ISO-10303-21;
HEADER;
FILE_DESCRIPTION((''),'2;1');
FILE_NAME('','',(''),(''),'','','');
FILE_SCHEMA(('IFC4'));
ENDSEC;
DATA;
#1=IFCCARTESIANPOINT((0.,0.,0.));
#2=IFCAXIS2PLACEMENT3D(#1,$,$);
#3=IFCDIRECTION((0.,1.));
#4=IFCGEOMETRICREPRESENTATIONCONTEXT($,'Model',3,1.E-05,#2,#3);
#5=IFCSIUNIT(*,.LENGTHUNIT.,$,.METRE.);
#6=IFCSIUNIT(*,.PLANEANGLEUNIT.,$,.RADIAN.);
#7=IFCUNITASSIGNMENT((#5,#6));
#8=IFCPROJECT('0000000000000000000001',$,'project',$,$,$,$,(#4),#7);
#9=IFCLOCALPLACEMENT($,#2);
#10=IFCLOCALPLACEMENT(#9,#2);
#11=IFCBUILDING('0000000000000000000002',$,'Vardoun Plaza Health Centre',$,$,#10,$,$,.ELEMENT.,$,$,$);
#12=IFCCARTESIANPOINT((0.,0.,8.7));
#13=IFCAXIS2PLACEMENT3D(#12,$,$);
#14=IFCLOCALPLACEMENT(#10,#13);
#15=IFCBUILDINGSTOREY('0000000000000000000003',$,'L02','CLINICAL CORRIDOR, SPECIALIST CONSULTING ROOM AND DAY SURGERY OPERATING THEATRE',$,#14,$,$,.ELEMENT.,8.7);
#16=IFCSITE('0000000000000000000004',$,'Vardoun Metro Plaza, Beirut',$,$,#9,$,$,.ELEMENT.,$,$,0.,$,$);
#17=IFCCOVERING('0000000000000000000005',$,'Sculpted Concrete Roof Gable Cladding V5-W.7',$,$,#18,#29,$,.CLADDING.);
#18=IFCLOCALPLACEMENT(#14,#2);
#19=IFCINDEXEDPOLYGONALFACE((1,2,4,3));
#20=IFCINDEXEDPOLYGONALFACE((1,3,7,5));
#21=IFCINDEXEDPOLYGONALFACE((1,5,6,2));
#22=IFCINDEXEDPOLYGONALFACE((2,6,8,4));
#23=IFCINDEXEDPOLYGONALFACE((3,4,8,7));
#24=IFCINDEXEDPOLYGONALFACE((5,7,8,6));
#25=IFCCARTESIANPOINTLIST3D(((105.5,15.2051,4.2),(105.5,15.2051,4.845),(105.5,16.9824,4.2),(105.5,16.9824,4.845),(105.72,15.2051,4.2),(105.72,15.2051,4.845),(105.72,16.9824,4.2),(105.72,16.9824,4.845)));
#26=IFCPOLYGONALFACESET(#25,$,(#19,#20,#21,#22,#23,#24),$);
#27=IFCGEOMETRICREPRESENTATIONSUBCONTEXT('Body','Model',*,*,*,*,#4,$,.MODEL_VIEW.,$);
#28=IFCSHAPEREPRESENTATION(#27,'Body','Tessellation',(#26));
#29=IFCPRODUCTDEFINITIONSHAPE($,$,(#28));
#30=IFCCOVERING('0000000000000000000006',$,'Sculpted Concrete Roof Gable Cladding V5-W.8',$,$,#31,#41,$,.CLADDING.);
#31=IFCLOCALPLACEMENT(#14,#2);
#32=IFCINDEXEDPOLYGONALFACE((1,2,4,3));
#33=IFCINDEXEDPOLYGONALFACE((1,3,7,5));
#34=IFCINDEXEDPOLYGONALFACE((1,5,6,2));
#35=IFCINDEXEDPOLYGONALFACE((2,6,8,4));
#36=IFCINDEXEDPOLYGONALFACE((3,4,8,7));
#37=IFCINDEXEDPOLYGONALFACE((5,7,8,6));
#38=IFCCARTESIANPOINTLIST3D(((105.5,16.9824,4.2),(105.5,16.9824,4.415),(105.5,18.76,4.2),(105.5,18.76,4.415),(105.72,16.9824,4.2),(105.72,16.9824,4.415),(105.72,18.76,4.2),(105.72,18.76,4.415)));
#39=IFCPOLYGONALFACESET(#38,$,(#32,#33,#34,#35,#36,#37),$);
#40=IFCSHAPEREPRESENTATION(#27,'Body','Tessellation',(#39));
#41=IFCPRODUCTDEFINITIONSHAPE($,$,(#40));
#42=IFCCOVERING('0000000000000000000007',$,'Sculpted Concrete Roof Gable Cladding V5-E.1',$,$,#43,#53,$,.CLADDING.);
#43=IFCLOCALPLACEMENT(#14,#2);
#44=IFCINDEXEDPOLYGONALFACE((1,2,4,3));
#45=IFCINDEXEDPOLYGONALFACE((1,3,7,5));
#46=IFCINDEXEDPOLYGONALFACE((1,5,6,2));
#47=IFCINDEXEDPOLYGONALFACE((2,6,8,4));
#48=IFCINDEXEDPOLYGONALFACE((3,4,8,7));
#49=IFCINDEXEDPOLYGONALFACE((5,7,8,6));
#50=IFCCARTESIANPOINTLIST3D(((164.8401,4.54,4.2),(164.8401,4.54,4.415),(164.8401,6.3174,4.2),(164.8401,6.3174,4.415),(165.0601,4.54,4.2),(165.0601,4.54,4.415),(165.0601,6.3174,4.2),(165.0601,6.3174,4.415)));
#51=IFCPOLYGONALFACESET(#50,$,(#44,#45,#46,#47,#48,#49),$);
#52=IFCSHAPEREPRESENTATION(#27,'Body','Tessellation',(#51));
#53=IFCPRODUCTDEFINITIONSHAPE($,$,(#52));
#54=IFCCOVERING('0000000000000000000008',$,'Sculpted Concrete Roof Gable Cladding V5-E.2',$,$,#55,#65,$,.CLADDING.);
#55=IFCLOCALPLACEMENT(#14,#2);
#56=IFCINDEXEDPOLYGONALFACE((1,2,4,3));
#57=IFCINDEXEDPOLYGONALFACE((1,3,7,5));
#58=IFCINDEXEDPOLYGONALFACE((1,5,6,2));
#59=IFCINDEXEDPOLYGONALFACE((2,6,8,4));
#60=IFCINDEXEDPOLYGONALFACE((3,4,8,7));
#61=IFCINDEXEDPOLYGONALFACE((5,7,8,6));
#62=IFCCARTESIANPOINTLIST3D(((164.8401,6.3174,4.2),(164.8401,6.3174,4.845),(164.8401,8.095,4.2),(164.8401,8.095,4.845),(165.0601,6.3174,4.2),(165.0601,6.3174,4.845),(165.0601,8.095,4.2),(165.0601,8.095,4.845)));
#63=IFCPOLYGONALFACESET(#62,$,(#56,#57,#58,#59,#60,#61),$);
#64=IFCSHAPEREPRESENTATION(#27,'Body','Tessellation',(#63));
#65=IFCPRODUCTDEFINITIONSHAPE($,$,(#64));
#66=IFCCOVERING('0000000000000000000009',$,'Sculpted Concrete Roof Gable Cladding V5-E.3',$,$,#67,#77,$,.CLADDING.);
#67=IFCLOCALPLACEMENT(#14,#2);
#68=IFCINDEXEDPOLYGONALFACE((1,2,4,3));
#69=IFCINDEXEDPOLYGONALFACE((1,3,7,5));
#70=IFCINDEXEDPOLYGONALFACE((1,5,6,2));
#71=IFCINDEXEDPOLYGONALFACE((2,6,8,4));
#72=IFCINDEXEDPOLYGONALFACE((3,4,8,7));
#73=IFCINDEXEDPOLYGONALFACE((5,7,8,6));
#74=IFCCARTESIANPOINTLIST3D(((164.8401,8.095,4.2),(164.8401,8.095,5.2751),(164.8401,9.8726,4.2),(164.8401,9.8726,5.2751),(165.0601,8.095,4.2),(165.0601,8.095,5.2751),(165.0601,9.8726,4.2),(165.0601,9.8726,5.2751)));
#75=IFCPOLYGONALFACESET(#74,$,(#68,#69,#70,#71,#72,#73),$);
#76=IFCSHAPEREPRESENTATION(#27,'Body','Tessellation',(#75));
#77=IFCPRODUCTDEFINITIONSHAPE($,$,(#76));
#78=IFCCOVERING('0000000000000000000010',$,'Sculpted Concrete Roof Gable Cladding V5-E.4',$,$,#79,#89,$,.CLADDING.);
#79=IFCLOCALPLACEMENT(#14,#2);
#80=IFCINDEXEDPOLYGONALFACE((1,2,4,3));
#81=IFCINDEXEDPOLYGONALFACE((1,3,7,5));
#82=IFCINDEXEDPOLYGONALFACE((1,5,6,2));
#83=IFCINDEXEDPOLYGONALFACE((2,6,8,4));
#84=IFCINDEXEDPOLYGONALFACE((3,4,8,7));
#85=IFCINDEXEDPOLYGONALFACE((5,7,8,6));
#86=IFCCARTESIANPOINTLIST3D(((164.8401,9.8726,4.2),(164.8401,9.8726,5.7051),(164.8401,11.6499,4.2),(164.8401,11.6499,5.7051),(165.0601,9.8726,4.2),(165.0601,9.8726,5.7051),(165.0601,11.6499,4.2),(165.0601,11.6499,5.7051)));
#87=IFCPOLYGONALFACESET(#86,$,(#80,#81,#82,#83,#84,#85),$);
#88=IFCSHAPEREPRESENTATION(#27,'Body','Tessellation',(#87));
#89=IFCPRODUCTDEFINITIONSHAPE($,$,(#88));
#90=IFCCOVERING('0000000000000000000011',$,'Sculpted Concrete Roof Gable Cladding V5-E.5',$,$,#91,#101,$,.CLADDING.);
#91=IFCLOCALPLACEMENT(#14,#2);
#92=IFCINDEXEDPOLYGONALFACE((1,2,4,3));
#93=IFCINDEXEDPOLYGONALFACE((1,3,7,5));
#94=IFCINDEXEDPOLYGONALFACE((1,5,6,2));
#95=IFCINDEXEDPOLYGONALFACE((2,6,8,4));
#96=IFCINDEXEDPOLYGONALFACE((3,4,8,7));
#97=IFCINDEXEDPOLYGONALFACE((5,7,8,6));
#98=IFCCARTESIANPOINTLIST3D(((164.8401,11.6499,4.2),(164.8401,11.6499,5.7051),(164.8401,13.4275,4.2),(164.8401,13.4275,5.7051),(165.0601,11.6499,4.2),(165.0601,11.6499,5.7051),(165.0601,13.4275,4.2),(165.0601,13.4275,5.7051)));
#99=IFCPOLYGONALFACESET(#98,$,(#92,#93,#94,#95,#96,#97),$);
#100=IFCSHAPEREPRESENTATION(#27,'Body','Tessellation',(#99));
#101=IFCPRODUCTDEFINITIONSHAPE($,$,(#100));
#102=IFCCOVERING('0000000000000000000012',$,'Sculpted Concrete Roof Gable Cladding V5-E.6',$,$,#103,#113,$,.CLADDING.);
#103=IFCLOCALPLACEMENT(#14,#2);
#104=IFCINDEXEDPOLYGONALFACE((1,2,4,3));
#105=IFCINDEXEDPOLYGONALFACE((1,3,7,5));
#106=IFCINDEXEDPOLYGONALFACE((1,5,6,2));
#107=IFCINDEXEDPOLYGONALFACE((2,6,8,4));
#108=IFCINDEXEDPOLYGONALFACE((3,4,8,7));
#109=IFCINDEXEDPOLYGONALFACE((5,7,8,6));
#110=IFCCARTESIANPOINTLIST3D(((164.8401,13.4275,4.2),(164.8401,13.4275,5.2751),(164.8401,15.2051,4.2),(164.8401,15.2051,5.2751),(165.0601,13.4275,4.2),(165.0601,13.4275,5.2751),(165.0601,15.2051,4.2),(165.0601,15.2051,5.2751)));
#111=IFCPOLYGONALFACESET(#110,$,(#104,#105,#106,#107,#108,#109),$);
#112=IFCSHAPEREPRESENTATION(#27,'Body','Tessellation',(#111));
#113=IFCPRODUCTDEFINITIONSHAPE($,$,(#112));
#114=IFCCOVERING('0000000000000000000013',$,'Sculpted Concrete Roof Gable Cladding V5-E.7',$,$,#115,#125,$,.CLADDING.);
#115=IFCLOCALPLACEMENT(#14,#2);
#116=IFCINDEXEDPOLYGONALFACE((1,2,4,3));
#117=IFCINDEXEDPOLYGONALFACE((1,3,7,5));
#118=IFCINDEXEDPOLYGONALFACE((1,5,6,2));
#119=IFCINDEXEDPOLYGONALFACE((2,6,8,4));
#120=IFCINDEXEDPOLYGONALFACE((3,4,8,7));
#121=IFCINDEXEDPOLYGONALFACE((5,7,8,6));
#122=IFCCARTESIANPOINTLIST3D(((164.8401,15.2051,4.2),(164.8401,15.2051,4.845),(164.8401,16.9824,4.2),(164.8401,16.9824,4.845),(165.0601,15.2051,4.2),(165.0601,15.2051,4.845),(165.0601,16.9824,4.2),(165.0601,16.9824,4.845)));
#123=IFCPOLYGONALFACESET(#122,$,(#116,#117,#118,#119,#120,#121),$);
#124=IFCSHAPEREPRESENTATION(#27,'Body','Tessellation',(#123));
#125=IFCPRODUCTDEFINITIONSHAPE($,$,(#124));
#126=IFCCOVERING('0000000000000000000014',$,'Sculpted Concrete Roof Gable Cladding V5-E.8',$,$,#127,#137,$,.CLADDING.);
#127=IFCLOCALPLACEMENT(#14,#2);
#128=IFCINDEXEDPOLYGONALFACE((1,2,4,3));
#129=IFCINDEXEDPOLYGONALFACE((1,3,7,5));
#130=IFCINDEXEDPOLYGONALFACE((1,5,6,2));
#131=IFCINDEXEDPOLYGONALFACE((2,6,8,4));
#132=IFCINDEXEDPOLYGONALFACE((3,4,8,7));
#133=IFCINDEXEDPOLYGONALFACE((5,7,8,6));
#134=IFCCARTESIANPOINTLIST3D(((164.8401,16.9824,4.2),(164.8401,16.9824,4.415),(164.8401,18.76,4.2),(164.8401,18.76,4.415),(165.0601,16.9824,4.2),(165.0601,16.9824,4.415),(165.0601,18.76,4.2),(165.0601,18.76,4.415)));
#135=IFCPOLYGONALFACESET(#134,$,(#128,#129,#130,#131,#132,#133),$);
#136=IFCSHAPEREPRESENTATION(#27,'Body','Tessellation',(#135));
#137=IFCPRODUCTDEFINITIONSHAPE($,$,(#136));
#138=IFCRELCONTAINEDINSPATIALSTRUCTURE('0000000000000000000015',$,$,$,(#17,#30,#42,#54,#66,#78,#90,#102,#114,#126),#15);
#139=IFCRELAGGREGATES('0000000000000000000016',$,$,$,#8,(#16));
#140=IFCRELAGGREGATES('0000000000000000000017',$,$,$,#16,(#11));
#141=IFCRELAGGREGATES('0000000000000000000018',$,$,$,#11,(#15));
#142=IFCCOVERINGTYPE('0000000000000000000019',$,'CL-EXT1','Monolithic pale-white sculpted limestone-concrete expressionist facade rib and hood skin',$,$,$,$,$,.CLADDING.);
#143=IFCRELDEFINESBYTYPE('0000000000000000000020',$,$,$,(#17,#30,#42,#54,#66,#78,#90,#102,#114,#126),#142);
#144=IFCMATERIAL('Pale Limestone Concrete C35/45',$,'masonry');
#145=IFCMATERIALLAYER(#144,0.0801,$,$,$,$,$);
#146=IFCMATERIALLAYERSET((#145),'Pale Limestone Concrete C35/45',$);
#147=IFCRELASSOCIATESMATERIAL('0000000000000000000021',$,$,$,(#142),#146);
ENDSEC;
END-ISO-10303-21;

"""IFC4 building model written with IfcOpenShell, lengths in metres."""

from ifc_helpers import new_model, si_unit, direction, frame, origin, place, context, subcontext, project, spatial, polyline, outline, extrude, material, layer, layer_set, type_object, element, save


model = new_model("IFC4")

# Units and contexts
model_context = context("Model", 3, precision=1e-05, world=origin(), true_north=direction((0.0, 1.0)))
body_context = subcontext(model_context, "Body", "Model", "MODEL_VIEW")
ifc_project = project(units=[si_unit("LENGTHUNIT", "METRE"), si_unit("PLANEANGLEUNIT", "RADIAN")], contexts=[model_context])

# Site, building, storey
site_placement = place(None, origin())
site = spatial("IfcSite", under=ifc_project, at=site_placement, Name="Vardoun Metro Plaza, Beirut", CompositionType="ELEMENT", RefElevation=0.0)
building_placement = place(site_placement, origin())
building = spatial("IfcBuilding", under=site, at=building_placement, Name="Vardoun Plaza Health Centre", CompositionType="ELEMENT")
storey_placement = place(building_placement, frame((0.0, 0.0, 8.7)))
storey = spatial("IfcBuildingStorey", under=building, at=storey_placement, Name="L02", Description="CLINICAL CORRIDOR, SPECIALIST CONSULTING ROOM AND DAY SURGERY OPERATING THEATRE", CompositionType="ELEMENT", Elevation=8.7)

# Coverings
ifc_material_1 = material(Name="Pale Limestone Concrete C35/45", Category="masonry")
ifc_layer_1 = layer(ifc_material_1, 0.0801)
ifc_layer_set_1 = layer_set([ifc_layer_1], Name="Pale Limestone Concrete C35/45")
covering_type_1 = type_object("IfcCoveringType", Name="CL-EXT1", Description="Monolithic pale-white sculpted limestone-concrete expressionist facade rib and hood skin", PredefinedType="CLADDING", material=ifc_layer_set_1)
covering_1_placement = place(storey_placement, frame((0.0, 0.0, 4.2)))
element("IfcCovering", 1, at=covering_1_placement, inside=storey, type_object=covering_type_1, Name="Sculpted Concrete Roof Gable Cladding V5-W.7", PredefinedType="CLADDING", context=body_context, shape_type="SweptSolid", body=[
    extrude(outline(polyline([(105.72, 15.2051), (105.72, 16.9824), (105.5, 16.9824), (105.5, 15.2051), (105.72, 15.2051)])), origin(), (0.0, 0.0, 1.0), 0.645),
])
covering_2_placement = place(storey_placement, frame((0.0, 0.0, 4.2)))
element("IfcCovering", 2, at=covering_2_placement, inside=storey, type_object=covering_type_1, Name="Sculpted Concrete Roof Gable Cladding V5-W.8", PredefinedType="CLADDING", context=body_context, shape_type="SweptSolid", body=[
    extrude(outline(polyline([(105.72, 16.9824), (105.72, 18.76), (105.5, 18.76), (105.5, 16.9824), (105.72, 16.9824)])), origin(), (0.0, 0.0, 1.0), 0.2151),
])
covering_3_placement = place(storey_placement, frame((0.0, 0.0, 4.2)))
element("IfcCovering", 3, at=covering_3_placement, inside=storey, type_object=covering_type_1, Name="Sculpted Concrete Roof Gable Cladding V5-E.1", PredefinedType="CLADDING", context=body_context, shape_type="SweptSolid", body=[
    extrude(outline(polyline([(165.0601, 4.54), (165.0601, 6.3174), (164.8401, 6.3174), (164.8401, 4.54), (165.0601, 4.54)])), origin(), (0.0, 0.0, 1.0), 0.2151),
])
covering_4_placement = place(storey_placement, frame((0.0, 0.0, 4.2)))
element("IfcCovering", 4, at=covering_4_placement, inside=storey, type_object=covering_type_1, Name="Sculpted Concrete Roof Gable Cladding V5-E.2", PredefinedType="CLADDING", context=body_context, shape_type="SweptSolid", body=[
    extrude(outline(polyline([(165.0601, 6.3174), (165.0601, 8.095), (164.8401, 8.095), (164.8401, 6.3174), (165.0601, 6.3174)])), origin(), (0.0, 0.0, 1.0), 0.645),
])
covering_5_placement = place(storey_placement, frame((0.0, 0.0, 4.2)))
element("IfcCovering", 5, at=covering_5_placement, inside=storey, type_object=covering_type_1, Name="Sculpted Concrete Roof Gable Cladding V5-E.3", PredefinedType="CLADDING", context=body_context, shape_type="SweptSolid", body=[
    extrude(outline(polyline([(165.0601, 8.095), (165.0601, 9.8726), (164.8401, 9.8726), (164.8401, 8.095), (165.0601, 8.095)])), origin(), (0.0, 0.0, 1.0), 1.0752),
])
covering_6_placement = place(storey_placement, frame((0.0, 0.0, 4.2)))
element("IfcCovering", 6, at=covering_6_placement, inside=storey, type_object=covering_type_1, Name="Sculpted Concrete Roof Gable Cladding V5-E.4", PredefinedType="CLADDING", context=body_context, shape_type="SweptSolid", body=[
    extrude(outline(polyline([(165.0601, 9.8726), (165.0601, 11.6499), (164.8401, 11.6499), (164.8401, 9.8726), (165.0601, 9.8726)])), origin(), (0.0, 0.0, 1.0), 1.5051),
])
covering_7_placement = place(storey_placement, frame((0.0, 0.0, 4.2)))
element("IfcCovering", 7, at=covering_7_placement, inside=storey, type_object=covering_type_1, Name="Sculpted Concrete Roof Gable Cladding V5-E.5", PredefinedType="CLADDING", context=body_context, shape_type="SweptSolid", body=[
    extrude(outline(polyline([(165.0601, 11.6499), (165.0601, 13.4275), (164.8401, 13.4275), (164.8401, 11.6499), (165.0601, 11.6499)])), origin(), (0.0, 0.0, 1.0), 1.5051),
])
covering_8_placement = place(storey_placement, frame((0.0, 0.0, 4.2)))
element("IfcCovering", 8, at=covering_8_placement, inside=storey, type_object=covering_type_1, Name="Sculpted Concrete Roof Gable Cladding V5-E.6", PredefinedType="CLADDING", context=body_context, shape_type="SweptSolid", body=[
    extrude(outline(polyline([(165.0601, 13.4275), (165.0601, 15.2051), (164.8401, 15.2051), (164.8401, 13.4275), (165.0601, 13.4275)])), origin(), (0.0, 0.0, 1.0), 1.0752),
])
covering_9_placement = place(storey_placement, frame((0.0, 0.0, 4.2)))
element("IfcCovering", 9, at=covering_9_placement, inside=storey, type_object=covering_type_1, Name="Sculpted Concrete Roof Gable Cladding V5-E.7", PredefinedType="CLADDING", context=body_context, shape_type="SweptSolid", body=[
    extrude(outline(polyline([(165.0601, 15.2051), (165.0601, 16.9824), (164.8401, 16.9824), (164.8401, 15.2051), (165.0601, 15.2051)])), origin(), (0.0, 0.0, 1.0), 0.645),
])
covering_10_placement = place(storey_placement, frame((0.0, 0.0, 4.2)))
element("IfcCovering", 10, at=covering_10_placement, inside=storey, type_object=covering_type_1, Name="Sculpted Concrete Roof Gable Cladding V5-E.8", PredefinedType="CLADDING", context=body_context, shape_type="SweptSolid", body=[
    extrude(outline(polyline([(165.0601, 16.9824), (165.0601, 18.76), (164.8401, 18.76), (164.8401, 16.9824), (165.0601, 16.9824)])), origin(), (0.0, 0.0, 1.0), 0.2151),
])

save(model, "model.ifc")
